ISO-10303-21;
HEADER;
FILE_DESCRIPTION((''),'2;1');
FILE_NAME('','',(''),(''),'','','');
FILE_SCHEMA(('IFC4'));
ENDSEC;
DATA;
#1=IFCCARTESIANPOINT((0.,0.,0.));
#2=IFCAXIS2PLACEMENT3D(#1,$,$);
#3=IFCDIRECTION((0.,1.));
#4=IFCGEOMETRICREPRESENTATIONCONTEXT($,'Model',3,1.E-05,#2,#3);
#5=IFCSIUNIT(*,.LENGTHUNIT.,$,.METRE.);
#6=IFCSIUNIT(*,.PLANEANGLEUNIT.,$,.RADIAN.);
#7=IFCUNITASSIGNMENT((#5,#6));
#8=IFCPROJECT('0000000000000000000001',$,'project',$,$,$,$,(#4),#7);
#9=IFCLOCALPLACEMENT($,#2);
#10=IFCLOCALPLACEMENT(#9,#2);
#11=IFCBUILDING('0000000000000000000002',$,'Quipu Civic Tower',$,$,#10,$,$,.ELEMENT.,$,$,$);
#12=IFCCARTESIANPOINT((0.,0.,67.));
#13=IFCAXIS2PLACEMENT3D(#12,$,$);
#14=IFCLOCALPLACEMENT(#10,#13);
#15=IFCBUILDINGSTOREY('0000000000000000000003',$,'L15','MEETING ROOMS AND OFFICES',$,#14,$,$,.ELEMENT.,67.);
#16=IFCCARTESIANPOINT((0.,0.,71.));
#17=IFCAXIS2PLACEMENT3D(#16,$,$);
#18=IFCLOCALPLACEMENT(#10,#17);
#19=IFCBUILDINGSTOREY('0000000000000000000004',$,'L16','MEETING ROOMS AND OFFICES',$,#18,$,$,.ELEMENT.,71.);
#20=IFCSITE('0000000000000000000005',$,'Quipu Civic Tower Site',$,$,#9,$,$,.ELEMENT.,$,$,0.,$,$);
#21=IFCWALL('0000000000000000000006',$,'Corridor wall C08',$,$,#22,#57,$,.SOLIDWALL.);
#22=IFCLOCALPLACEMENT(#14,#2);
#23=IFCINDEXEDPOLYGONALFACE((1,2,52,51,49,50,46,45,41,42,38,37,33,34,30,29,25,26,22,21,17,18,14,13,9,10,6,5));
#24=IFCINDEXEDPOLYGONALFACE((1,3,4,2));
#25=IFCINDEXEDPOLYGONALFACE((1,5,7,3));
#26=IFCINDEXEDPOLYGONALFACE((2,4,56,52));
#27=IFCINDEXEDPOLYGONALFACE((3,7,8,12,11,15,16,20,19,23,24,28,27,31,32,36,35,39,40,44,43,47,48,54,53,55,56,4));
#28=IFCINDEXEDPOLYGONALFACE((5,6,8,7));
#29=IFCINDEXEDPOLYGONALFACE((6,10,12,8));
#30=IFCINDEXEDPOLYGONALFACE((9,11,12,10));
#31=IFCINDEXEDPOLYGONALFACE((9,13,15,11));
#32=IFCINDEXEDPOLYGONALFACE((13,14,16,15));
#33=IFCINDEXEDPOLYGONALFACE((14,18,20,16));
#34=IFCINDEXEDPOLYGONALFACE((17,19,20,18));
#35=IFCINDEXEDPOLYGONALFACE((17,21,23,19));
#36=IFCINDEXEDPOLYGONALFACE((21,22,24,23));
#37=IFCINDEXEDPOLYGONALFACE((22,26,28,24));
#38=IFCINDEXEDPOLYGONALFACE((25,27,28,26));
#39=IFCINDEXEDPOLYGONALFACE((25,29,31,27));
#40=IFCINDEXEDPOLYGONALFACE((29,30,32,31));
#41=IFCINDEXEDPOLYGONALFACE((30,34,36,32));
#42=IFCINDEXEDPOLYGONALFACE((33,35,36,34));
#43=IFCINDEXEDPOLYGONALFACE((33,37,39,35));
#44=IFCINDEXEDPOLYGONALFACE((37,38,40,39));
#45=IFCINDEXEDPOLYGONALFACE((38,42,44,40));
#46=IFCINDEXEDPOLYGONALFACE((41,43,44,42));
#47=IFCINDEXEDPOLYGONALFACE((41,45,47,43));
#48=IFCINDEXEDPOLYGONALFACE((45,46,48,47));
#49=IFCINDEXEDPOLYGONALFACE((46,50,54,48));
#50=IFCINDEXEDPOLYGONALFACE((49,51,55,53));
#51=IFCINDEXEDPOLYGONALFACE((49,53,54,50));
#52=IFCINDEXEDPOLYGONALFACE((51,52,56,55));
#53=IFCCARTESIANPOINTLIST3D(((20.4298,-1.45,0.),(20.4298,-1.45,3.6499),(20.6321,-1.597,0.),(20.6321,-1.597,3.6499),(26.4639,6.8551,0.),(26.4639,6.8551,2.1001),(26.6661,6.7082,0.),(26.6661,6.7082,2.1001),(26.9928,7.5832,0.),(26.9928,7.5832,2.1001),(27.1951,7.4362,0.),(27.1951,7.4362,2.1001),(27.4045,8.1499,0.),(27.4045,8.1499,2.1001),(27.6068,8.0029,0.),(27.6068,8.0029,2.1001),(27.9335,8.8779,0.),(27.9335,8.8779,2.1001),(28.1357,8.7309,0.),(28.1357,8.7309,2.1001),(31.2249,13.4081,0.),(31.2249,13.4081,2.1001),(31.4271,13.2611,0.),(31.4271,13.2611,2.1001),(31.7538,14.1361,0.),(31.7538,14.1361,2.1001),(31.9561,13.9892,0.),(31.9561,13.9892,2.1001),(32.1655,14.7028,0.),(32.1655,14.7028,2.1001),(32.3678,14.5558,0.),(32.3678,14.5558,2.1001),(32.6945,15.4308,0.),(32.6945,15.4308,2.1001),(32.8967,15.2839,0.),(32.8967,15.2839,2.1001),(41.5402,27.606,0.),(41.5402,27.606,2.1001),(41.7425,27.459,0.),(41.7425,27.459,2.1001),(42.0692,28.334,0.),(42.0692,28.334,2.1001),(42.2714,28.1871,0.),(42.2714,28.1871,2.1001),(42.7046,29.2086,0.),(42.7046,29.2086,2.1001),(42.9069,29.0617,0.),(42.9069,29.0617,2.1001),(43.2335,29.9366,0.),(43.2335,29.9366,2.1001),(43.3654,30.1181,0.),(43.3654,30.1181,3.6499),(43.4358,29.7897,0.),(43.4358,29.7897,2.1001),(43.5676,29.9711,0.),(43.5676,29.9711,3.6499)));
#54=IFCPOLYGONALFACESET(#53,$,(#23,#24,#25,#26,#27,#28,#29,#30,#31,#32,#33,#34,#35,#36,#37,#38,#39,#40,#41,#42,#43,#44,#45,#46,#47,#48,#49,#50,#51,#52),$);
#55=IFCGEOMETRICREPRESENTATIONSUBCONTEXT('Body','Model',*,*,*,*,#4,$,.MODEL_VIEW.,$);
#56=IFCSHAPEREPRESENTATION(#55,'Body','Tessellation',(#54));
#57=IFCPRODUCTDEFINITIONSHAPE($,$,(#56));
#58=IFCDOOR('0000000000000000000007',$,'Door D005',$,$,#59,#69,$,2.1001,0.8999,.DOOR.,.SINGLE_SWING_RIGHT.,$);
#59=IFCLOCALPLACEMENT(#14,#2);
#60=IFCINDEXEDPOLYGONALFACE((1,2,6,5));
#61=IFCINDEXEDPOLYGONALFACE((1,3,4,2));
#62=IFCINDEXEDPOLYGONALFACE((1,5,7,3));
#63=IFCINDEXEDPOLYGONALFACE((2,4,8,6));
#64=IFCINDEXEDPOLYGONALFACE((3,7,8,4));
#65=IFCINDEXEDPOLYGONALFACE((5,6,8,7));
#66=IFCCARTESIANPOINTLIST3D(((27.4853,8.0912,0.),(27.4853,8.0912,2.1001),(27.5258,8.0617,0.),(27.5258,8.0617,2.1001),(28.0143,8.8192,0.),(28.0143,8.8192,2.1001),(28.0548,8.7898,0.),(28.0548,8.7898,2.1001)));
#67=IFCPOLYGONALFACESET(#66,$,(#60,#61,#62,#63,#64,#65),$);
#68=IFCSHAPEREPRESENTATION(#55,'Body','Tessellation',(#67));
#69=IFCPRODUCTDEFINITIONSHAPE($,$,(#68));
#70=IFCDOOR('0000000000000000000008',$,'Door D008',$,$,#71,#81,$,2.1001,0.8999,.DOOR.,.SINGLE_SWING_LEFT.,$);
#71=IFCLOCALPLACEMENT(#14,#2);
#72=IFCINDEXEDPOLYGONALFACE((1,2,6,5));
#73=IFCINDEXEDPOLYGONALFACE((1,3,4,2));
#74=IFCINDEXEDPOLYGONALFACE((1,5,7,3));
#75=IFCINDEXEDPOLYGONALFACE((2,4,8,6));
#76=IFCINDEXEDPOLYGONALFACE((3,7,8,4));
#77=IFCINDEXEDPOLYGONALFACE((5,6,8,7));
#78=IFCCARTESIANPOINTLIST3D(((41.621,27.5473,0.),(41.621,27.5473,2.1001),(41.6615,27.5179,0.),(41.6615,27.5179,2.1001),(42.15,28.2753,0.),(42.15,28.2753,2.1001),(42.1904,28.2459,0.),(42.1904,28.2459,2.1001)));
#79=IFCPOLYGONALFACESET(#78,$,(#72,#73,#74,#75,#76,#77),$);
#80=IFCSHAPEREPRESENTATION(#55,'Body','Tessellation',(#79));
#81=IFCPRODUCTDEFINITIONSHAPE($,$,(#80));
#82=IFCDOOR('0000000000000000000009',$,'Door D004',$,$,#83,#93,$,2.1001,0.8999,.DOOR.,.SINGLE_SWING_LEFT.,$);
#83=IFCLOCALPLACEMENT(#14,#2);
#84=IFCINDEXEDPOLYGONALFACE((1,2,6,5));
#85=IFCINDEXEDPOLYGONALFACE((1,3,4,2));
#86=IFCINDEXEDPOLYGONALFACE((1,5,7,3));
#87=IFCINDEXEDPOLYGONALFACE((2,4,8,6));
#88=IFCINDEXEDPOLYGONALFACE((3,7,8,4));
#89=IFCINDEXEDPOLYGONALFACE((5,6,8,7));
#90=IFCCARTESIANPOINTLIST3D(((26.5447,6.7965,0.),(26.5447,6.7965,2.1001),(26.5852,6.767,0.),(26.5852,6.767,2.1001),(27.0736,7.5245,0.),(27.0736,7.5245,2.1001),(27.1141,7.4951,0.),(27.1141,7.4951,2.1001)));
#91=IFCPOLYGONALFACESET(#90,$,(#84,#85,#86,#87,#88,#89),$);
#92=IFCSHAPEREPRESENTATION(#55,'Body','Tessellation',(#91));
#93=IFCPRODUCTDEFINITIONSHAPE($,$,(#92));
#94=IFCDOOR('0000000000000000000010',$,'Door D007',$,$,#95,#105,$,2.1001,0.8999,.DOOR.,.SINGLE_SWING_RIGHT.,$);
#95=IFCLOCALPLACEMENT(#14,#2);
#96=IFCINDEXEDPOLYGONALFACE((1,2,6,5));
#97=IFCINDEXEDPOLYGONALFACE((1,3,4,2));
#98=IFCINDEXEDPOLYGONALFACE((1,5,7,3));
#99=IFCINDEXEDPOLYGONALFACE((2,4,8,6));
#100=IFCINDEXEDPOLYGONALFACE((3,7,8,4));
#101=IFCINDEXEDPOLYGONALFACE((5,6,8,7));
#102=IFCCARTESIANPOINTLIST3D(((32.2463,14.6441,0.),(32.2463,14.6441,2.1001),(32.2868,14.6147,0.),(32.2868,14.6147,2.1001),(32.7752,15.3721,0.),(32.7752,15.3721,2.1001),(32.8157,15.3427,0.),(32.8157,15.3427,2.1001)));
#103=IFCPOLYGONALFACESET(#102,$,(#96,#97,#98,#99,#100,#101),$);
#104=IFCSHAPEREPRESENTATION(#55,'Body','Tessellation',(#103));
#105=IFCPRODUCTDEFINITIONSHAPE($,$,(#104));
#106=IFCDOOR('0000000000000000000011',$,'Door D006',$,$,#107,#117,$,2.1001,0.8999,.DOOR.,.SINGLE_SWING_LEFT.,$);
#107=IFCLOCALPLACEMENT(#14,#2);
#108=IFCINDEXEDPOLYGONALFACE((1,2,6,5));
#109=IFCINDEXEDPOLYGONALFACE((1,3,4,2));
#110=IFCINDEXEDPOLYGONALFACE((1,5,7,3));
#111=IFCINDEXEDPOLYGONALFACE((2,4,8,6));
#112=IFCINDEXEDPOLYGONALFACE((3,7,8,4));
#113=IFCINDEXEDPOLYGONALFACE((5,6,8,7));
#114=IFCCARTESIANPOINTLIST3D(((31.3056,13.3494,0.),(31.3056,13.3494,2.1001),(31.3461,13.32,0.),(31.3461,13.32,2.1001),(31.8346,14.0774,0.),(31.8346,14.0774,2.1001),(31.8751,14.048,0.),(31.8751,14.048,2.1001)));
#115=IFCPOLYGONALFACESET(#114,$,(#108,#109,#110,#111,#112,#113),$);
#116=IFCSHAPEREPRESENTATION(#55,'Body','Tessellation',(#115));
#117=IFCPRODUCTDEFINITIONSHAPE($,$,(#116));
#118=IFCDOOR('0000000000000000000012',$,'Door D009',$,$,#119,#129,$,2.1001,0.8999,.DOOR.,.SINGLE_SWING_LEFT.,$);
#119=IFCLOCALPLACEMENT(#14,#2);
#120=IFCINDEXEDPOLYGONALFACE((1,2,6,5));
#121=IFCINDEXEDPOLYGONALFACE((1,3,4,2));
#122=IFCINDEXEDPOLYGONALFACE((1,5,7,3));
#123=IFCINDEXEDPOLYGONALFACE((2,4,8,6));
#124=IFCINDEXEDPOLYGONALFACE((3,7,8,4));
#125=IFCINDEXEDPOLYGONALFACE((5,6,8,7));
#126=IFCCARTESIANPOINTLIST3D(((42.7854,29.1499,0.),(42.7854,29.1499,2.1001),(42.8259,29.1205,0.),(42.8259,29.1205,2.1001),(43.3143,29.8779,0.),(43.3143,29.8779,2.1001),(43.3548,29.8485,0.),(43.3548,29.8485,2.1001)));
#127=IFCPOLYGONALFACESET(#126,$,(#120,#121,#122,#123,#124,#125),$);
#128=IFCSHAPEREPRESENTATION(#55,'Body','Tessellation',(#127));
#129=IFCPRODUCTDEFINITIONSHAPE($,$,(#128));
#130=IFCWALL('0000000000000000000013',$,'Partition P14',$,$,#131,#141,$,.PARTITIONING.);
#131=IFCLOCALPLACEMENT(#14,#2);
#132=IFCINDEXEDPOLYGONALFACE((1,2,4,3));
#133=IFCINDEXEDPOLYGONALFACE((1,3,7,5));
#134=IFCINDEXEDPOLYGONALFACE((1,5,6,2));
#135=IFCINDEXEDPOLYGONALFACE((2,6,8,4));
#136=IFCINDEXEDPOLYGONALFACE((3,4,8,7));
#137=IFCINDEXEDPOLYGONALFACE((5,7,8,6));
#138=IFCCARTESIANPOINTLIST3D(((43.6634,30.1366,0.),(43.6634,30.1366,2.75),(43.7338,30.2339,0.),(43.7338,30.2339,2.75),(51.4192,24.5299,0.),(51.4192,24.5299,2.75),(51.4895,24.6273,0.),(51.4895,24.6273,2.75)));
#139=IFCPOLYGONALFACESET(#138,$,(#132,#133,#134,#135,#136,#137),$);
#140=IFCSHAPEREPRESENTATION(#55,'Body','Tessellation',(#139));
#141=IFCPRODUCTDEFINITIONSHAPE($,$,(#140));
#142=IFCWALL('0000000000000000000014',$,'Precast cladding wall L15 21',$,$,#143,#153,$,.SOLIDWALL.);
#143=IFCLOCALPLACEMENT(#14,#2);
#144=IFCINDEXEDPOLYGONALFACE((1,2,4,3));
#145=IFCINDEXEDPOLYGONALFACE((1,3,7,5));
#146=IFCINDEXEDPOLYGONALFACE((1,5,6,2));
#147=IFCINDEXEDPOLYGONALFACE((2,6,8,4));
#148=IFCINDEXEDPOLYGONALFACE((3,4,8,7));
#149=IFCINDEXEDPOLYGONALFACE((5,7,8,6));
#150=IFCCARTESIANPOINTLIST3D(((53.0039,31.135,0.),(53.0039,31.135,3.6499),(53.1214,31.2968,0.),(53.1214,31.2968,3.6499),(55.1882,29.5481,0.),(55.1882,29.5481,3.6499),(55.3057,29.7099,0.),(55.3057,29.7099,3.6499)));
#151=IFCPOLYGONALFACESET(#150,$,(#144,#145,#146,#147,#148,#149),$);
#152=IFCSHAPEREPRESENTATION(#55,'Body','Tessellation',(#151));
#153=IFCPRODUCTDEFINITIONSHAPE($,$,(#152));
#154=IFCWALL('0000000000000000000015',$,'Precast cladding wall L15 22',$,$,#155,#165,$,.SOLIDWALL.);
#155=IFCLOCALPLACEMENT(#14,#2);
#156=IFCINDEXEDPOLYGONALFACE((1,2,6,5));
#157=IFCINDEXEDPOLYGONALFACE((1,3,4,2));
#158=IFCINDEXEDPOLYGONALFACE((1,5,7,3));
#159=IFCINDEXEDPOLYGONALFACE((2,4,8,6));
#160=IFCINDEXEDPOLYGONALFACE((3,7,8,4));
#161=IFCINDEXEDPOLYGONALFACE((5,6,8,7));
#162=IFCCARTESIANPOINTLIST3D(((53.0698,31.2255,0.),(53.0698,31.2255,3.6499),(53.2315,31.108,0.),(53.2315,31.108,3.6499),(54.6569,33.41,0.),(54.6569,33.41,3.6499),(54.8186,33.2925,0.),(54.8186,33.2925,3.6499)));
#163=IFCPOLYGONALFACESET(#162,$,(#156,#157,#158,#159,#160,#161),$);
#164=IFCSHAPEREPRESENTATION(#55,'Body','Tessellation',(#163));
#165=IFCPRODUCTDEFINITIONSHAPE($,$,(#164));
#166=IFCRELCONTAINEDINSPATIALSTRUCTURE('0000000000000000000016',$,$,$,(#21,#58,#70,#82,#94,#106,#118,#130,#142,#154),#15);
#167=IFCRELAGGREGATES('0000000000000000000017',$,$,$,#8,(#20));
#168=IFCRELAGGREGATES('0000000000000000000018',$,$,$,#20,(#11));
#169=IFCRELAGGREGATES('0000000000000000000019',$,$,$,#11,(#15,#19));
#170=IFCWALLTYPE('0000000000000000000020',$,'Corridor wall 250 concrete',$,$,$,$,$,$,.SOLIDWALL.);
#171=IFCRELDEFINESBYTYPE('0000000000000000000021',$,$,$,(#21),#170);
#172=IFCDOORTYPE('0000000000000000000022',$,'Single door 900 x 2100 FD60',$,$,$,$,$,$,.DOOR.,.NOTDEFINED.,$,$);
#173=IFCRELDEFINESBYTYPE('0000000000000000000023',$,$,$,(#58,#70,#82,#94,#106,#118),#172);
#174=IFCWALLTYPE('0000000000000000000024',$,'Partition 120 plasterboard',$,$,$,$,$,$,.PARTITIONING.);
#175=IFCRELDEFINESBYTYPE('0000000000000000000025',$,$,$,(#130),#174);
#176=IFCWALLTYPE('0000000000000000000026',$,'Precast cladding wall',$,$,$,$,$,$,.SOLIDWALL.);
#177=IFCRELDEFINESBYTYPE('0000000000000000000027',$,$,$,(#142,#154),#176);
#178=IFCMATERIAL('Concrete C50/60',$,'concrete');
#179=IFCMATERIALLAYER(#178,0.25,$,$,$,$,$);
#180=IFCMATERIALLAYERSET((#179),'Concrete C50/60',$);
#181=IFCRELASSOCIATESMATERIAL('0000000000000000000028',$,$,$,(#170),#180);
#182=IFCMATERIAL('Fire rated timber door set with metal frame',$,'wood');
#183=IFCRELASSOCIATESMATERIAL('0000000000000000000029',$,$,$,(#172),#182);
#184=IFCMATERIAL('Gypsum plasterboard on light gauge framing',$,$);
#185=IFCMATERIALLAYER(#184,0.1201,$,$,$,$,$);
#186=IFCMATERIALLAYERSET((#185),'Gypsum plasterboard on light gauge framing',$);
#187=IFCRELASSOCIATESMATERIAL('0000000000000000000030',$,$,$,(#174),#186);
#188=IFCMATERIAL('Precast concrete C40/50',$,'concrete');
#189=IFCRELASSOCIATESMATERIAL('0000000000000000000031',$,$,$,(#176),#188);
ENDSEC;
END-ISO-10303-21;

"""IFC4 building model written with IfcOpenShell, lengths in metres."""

from ifc_helpers import new_model, si_unit, direction, frame, frame_2d, origin, place, context, subcontext, project, spatial, rectangle, extrude, material, layer, layer_set, type_object, element, fill, save


model = new_model("IFC4")

# Units and contexts
model_context = context("Model", 3, precision=1e-05, world=origin(), true_north=direction((0.0, 1.0)))
body_context = subcontext(model_context, "Body", "Model", "MODEL_VIEW")
ifc_project = project(units=[si_unit("LENGTHUNIT", "METRE"), si_unit("PLANEANGLEUNIT", "RADIAN")], contexts=[model_context])

# Site, building, storey
site_placement = place(None, origin())
site = spatial("IfcSite", under=ifc_project, at=site_placement, Name="Quipu Civic Tower Site", CompositionType="ELEMENT", RefElevation=0.0)
building_placement = place(site_placement, origin())
building = spatial("IfcBuilding", under=site, at=building_placement, Name="Quipu Civic Tower", CompositionType="ELEMENT")
storey_1_placement = place(building_placement, frame((0.0, 0.0, 67.0)))
storey_1 = spatial("IfcBuildingStorey", under=building, at=storey_1_placement, Name="L15", Description="MEETING ROOMS AND OFFICES", CompositionType="ELEMENT", Elevation=67.0)

# Shared definitions
storey_2_placement = place(building_placement, frame((0.0, 0.0, 71.0)))
storey_2 = spatial("IfcBuildingStorey", under=building, at=storey_2_placement, Name="L16", Description="MEETING ROOMS AND OFFICES", CompositionType="ELEMENT", Elevation=71.0)

# Wall, openings, doors
ifc_material_1 = material(Name="Concrete C50/60", Category="concrete")
ifc_layer_1 = layer(ifc_material_1, 0.25)
ifc_layer_set_1 = layer_set([ifc_layer_1], Name="Concrete C50/60")
wall_type_1 = type_object("IfcWallType", Name="Corridor wall 250 concrete", PredefinedType="SOLIDWALL", material=ifc_layer_set_1)
wall_1_placement = place(storey_1_placement, frame((43.4666, 30.0447, 0.0), z_axis=(0.0, 0.0, 1.0), x_axis=(-0.587785, -0.809017, 0.0)))
wall_1 = element("IfcWall", 1, at=wall_1_placement, inside=storey_1, type_object=wall_type_1, Name="Corridor wall C08", PredefinedType="SOLIDWALL", context=body_context, shape_type="SweptSolid", body=[
    extrude(rectangle(XDim=39.0203, YDim=0.25, at=frame_2d((19.5103, 0.0))), origin(), (0.0, 0.0, 1.0), 3.6499),
])
opening_1_placement = place(wall_1_placement, frame((26.2544, 0.0, 0.0)))
opening_1 = element("IfcOpeningElement", 2, at=opening_1_placement, cuts=wall_1, PredefinedType="OPENING", context=body_context, shape_type="SweptSolid", body=[
    extrude(rectangle(XDim=0.8999, YDim=2.1001, at=frame_2d((0.45, 1.05))), frame((0.0, 0.135, 0.0), z_axis=(0.0, -1.0, 0.0), x_axis=(1.0, 0.0, 0.0)), (0.0, 0.0, 1.0), 0.27),
])
opening_2_placement = place(wall_1_placement, frame((2.2053, 0.0, 0.0)))
opening_2 = element("IfcOpeningElement", 3, at=opening_2_placement, cuts=wall_1, PredefinedType="OPENING", context=body_context, shape_type="SweptSolid", body=[
    extrude(rectangle(XDim=0.8999, YDim=2.1001, at=frame_2d((0.45, 1.05))), frame((0.0, 0.135, 0.0), z_axis=(0.0, -1.0, 0.0), x_axis=(1.0, 0.0, 0.0)), (0.0, 0.0, 1.0), 0.27),
])
opening_3_placement = place(wall_1_placement, frame((27.8547, 0.0, 0.0)))
opening_3 = element("IfcOpeningElement", 4, at=opening_3_placement, cuts=wall_1, PredefinedType="OPENING", context=body_context, shape_type="SweptSolid", body=[
    extrude(rectangle(XDim=0.8999, YDim=2.1001, at=frame_2d((0.45, 1.05))), frame((0.0, 0.135, 0.0), z_axis=(0.0, -1.0, 0.0), x_axis=(1.0, 0.0, 0.0)), (0.0, 0.0, 1.0), 0.27),
])
opening_4_placement = place(wall_1_placement, frame((18.1545, 0.0, 0.0)))
opening_4 = element("IfcOpeningElement", 5, at=opening_4_placement, cuts=wall_1, PredefinedType="OPENING", context=body_context, shape_type="SweptSolid", body=[
    extrude(rectangle(XDim=0.8999, YDim=2.1001, at=frame_2d((0.45, 1.05))), frame((0.0, 0.135, 0.0), z_axis=(0.0, -1.0, 0.0), x_axis=(1.0, 0.0, 0.0)), (0.0, 0.0, 1.0), 0.27),
])
opening_5_placement = place(wall_1_placement, frame((19.7549, 0.0, 0.0)))
opening_5 = element("IfcOpeningElement", 6, at=opening_5_placement, cuts=wall_1, PredefinedType="OPENING", context=body_context, shape_type="SweptSolid", body=[
    extrude(rectangle(XDim=0.8999, YDim=2.1001, at=frame_2d((0.45, 1.05))), frame((0.0, 0.135, 0.0), z_axis=(0.0, -1.0, 0.0), x_axis=(1.0, 0.0, 0.0)), (0.0, 0.0, 1.0), 0.27),
])
opening_6_placement = place(wall_1_placement, frame((0.2244, 0.0, 0.0)))
opening_6 = element("IfcOpeningElement", 7, at=opening_6_placement, cuts=wall_1, PredefinedType="OPENING", context=body_context, shape_type="SweptSolid", body=[
    extrude(rectangle(XDim=0.8999, YDim=2.1001, at=frame_2d((0.45, 1.05))), frame((0.0, 0.135, 0.0), z_axis=(0.0, -1.0, 0.0), x_axis=(1.0, 0.0, 0.0)), (0.0, 0.0, 1.0), 0.27),
])
ifc_material_2 = material(Name="Fire rated timber door set with metal frame", Category="wood")
door_type = type_object("IfcDoorType", Name="Single door 900 x 2100 FD60", OperationType="NOTDEFINED", PredefinedType="DOOR", material=ifc_material_2)
door_1_placement = place(opening_1_placement, origin())
door_1 = element("IfcDoor", 8, at=door_1_placement, inside=storey_1, type_object=door_type, Name="Door D005", OperationType="SINGLE_SWING_RIGHT", OverallHeight=2.1001, OverallWidth=0.8999, PredefinedType="DOOR", context=body_context, shape_type="SweptSolid", body=[
    extrude(rectangle(XDim=0.8999, YDim=2.1001, at=frame_2d((0.45, 1.05))), frame((0.0, 0.0249, 0.0), z_axis=(0.0, -1.0, 0.0), x_axis=(1.0, 0.0, 0.0)), (0.0, 0.0, 1.0), 0.05),
])
fill(opening_1, door_1)
door_2_placement = place(opening_2_placement, origin())
door_2 = element("IfcDoor", 9, at=door_2_placement, inside=storey_1, type_object=door_type, Name="Door D008", OperationType="SINGLE_SWING_LEFT", OverallHeight=2.1001, OverallWidth=0.8999, PredefinedType="DOOR", context=body_context, shape_type="SweptSolid", body=[
    extrude(rectangle(XDim=0.8999, YDim=2.1001, at=frame_2d((0.45, 1.05))), frame((0.0, 0.0249, 0.0), z_axis=(0.0, -1.0, 0.0), x_axis=(1.0, 0.0, 0.0)), (0.0, 0.0, 1.0), 0.05),
])
fill(opening_2, door_2)
door_3_placement = place(opening_3_placement, origin())
door_3 = element("IfcDoor", 10, at=door_3_placement, inside=storey_1, type_object=door_type, Name="Door D004", OperationType="SINGLE_SWING_LEFT", OverallHeight=2.1001, OverallWidth=0.8999, PredefinedType="DOOR", context=body_context, shape_type="SweptSolid", body=[
    extrude(rectangle(XDim=0.8999, YDim=2.1001, at=frame_2d((0.45, 1.05))), frame((0.0, 0.0249, 0.0), z_axis=(0.0, -1.0, 0.0), x_axis=(1.0, 0.0, 0.0)), (0.0, 0.0, 1.0), 0.05),
])
fill(opening_3, door_3)
door_4_placement = place(opening_4_placement, origin())
door_4 = element("IfcDoor", 11, at=door_4_placement, inside=storey_1, type_object=door_type, Name="Door D007", OperationType="SINGLE_SWING_RIGHT", OverallHeight=2.1001, OverallWidth=0.8999, PredefinedType="DOOR", context=body_context, shape_type="SweptSolid", body=[
    extrude(rectangle(XDim=0.8999, YDim=2.1001, at=frame_2d((0.45, 1.05))), frame((0.0, 0.0249, 0.0), z_axis=(0.0, -1.0, 0.0), x_axis=(1.0, 0.0, 0.0)), (0.0, 0.0, 1.0), 0.05),
])
fill(opening_4, door_4)
door_5_placement = place(opening_5_placement, origin())
door_5 = element("IfcDoor", 12, at=door_5_placement, inside=storey_1, type_object=door_type, Name="Door D006", OperationType="SINGLE_SWING_LEFT", OverallHeight=2.1001, OverallWidth=0.8999, PredefinedType="DOOR", context=body_context, shape_type="SweptSolid", body=[
    extrude(rectangle(XDim=0.8999, YDim=2.1001, at=frame_2d((0.45, 1.05))), frame((0.0, 0.0249, 0.0), z_axis=(0.0, -1.0, 0.0), x_axis=(1.0, 0.0, 0.0)), (0.0, 0.0, 1.0), 0.05),
])
fill(opening_5, door_5)
door_6_placement = place(opening_6_placement, origin())
door_6 = element("IfcDoor", 13, at=door_6_placement, inside=storey_1, type_object=door_type, Name="Door D009", OperationType="SINGLE_SWING_LEFT", OverallHeight=2.1001, OverallWidth=0.8999, PredefinedType="DOOR", context=body_context, shape_type="SweptSolid", body=[
    extrude(rectangle(XDim=0.8999, YDim=2.1001, at=frame_2d((0.45, 1.05))), frame((0.0, 0.0249, 0.0), z_axis=(0.0, -1.0, 0.0), x_axis=(1.0, 0.0, 0.0)), (0.0, 0.0, 1.0), 0.05),
])
fill(opening_6, door_6)

# Walls
ifc_material_3 = material(Name="Gypsum plasterboard on light gauge framing")
ifc_layer_2 = layer(ifc_material_3, 0.1201)
ifc_layer_set_2 = layer_set([ifc_layer_2], Name="Gypsum plasterboard on light gauge framing")
wall_type_2 = type_object("IfcWallType", Name="Partition 120 plasterboard", PredefinedType="PARTITIONING", material=ifc_layer_set_2)
wall_2_placement = place(storey_1_placement, frame((43.6985, 30.1853, 0.0), z_axis=(0.0, 0.0, 1.0), x_axis=(0.810419, -0.58585, 0.0)))
element("IfcWall", 14, at=wall_2_placement, inside=storey_1, type_object=wall_type_2, Name="Partition P14", PredefinedType="PARTITIONING", context=body_context, shape_type="SweptSolid", body=[
    extrude(rectangle(XDim=9.5701, YDim=0.1201, at=frame_2d((4.7852, 0.0))), origin(), (0.0, 0.0, 1.0), 2.75),
])
ifc_material_4 = material(Name="Precast concrete C40/50", Category="concrete")
wall_type_3 = type_object("IfcWallType", Name="Precast cladding wall", PredefinedType="SOLIDWALL", material=ifc_material_4)
wall_3_placement = place(storey_1_placement, frame((55.2471, 29.6289, 0.0), z_axis=(0.0, 0.0, 1.0), x_axis=(-0.809033, 0.587763, 0.0)))
element("IfcWall", 15, at=wall_3_placement, inside=storey_1, type_object=wall_type_3, Name="Precast cladding wall L15 21", PredefinedType="SOLIDWALL", context=body_context, shape_type="SweptSolid", body=[
    extrude(rectangle(XDim=2.7, YDim=0.2, at=frame_2d((1.3501, 0.0))), origin(), (0.0, 0.0, 1.0), 3.6499),
])
wall_4_placement = place(storey_1_placement, frame((53.1506, 31.1667, 0.0), z_axis=(0.0, 0.0, 1.0), x_axis=(0.587779, 0.809021, 0.0)))
element("IfcWall", 16, at=wall_4_placement, inside=storey_1, type_object=wall_type_3, Name="Precast cladding wall L15 22", PredefinedType="SOLIDWALL", context=body_context, shape_type="SweptSolid", body=[
    extrude(rectangle(XDim=2.7002, YDim=0.2, at=frame_2d((1.3501, 0.0))), origin(), (0.0, 0.0, 1.0), 3.6499),
])

save(model, "model.ifc")
